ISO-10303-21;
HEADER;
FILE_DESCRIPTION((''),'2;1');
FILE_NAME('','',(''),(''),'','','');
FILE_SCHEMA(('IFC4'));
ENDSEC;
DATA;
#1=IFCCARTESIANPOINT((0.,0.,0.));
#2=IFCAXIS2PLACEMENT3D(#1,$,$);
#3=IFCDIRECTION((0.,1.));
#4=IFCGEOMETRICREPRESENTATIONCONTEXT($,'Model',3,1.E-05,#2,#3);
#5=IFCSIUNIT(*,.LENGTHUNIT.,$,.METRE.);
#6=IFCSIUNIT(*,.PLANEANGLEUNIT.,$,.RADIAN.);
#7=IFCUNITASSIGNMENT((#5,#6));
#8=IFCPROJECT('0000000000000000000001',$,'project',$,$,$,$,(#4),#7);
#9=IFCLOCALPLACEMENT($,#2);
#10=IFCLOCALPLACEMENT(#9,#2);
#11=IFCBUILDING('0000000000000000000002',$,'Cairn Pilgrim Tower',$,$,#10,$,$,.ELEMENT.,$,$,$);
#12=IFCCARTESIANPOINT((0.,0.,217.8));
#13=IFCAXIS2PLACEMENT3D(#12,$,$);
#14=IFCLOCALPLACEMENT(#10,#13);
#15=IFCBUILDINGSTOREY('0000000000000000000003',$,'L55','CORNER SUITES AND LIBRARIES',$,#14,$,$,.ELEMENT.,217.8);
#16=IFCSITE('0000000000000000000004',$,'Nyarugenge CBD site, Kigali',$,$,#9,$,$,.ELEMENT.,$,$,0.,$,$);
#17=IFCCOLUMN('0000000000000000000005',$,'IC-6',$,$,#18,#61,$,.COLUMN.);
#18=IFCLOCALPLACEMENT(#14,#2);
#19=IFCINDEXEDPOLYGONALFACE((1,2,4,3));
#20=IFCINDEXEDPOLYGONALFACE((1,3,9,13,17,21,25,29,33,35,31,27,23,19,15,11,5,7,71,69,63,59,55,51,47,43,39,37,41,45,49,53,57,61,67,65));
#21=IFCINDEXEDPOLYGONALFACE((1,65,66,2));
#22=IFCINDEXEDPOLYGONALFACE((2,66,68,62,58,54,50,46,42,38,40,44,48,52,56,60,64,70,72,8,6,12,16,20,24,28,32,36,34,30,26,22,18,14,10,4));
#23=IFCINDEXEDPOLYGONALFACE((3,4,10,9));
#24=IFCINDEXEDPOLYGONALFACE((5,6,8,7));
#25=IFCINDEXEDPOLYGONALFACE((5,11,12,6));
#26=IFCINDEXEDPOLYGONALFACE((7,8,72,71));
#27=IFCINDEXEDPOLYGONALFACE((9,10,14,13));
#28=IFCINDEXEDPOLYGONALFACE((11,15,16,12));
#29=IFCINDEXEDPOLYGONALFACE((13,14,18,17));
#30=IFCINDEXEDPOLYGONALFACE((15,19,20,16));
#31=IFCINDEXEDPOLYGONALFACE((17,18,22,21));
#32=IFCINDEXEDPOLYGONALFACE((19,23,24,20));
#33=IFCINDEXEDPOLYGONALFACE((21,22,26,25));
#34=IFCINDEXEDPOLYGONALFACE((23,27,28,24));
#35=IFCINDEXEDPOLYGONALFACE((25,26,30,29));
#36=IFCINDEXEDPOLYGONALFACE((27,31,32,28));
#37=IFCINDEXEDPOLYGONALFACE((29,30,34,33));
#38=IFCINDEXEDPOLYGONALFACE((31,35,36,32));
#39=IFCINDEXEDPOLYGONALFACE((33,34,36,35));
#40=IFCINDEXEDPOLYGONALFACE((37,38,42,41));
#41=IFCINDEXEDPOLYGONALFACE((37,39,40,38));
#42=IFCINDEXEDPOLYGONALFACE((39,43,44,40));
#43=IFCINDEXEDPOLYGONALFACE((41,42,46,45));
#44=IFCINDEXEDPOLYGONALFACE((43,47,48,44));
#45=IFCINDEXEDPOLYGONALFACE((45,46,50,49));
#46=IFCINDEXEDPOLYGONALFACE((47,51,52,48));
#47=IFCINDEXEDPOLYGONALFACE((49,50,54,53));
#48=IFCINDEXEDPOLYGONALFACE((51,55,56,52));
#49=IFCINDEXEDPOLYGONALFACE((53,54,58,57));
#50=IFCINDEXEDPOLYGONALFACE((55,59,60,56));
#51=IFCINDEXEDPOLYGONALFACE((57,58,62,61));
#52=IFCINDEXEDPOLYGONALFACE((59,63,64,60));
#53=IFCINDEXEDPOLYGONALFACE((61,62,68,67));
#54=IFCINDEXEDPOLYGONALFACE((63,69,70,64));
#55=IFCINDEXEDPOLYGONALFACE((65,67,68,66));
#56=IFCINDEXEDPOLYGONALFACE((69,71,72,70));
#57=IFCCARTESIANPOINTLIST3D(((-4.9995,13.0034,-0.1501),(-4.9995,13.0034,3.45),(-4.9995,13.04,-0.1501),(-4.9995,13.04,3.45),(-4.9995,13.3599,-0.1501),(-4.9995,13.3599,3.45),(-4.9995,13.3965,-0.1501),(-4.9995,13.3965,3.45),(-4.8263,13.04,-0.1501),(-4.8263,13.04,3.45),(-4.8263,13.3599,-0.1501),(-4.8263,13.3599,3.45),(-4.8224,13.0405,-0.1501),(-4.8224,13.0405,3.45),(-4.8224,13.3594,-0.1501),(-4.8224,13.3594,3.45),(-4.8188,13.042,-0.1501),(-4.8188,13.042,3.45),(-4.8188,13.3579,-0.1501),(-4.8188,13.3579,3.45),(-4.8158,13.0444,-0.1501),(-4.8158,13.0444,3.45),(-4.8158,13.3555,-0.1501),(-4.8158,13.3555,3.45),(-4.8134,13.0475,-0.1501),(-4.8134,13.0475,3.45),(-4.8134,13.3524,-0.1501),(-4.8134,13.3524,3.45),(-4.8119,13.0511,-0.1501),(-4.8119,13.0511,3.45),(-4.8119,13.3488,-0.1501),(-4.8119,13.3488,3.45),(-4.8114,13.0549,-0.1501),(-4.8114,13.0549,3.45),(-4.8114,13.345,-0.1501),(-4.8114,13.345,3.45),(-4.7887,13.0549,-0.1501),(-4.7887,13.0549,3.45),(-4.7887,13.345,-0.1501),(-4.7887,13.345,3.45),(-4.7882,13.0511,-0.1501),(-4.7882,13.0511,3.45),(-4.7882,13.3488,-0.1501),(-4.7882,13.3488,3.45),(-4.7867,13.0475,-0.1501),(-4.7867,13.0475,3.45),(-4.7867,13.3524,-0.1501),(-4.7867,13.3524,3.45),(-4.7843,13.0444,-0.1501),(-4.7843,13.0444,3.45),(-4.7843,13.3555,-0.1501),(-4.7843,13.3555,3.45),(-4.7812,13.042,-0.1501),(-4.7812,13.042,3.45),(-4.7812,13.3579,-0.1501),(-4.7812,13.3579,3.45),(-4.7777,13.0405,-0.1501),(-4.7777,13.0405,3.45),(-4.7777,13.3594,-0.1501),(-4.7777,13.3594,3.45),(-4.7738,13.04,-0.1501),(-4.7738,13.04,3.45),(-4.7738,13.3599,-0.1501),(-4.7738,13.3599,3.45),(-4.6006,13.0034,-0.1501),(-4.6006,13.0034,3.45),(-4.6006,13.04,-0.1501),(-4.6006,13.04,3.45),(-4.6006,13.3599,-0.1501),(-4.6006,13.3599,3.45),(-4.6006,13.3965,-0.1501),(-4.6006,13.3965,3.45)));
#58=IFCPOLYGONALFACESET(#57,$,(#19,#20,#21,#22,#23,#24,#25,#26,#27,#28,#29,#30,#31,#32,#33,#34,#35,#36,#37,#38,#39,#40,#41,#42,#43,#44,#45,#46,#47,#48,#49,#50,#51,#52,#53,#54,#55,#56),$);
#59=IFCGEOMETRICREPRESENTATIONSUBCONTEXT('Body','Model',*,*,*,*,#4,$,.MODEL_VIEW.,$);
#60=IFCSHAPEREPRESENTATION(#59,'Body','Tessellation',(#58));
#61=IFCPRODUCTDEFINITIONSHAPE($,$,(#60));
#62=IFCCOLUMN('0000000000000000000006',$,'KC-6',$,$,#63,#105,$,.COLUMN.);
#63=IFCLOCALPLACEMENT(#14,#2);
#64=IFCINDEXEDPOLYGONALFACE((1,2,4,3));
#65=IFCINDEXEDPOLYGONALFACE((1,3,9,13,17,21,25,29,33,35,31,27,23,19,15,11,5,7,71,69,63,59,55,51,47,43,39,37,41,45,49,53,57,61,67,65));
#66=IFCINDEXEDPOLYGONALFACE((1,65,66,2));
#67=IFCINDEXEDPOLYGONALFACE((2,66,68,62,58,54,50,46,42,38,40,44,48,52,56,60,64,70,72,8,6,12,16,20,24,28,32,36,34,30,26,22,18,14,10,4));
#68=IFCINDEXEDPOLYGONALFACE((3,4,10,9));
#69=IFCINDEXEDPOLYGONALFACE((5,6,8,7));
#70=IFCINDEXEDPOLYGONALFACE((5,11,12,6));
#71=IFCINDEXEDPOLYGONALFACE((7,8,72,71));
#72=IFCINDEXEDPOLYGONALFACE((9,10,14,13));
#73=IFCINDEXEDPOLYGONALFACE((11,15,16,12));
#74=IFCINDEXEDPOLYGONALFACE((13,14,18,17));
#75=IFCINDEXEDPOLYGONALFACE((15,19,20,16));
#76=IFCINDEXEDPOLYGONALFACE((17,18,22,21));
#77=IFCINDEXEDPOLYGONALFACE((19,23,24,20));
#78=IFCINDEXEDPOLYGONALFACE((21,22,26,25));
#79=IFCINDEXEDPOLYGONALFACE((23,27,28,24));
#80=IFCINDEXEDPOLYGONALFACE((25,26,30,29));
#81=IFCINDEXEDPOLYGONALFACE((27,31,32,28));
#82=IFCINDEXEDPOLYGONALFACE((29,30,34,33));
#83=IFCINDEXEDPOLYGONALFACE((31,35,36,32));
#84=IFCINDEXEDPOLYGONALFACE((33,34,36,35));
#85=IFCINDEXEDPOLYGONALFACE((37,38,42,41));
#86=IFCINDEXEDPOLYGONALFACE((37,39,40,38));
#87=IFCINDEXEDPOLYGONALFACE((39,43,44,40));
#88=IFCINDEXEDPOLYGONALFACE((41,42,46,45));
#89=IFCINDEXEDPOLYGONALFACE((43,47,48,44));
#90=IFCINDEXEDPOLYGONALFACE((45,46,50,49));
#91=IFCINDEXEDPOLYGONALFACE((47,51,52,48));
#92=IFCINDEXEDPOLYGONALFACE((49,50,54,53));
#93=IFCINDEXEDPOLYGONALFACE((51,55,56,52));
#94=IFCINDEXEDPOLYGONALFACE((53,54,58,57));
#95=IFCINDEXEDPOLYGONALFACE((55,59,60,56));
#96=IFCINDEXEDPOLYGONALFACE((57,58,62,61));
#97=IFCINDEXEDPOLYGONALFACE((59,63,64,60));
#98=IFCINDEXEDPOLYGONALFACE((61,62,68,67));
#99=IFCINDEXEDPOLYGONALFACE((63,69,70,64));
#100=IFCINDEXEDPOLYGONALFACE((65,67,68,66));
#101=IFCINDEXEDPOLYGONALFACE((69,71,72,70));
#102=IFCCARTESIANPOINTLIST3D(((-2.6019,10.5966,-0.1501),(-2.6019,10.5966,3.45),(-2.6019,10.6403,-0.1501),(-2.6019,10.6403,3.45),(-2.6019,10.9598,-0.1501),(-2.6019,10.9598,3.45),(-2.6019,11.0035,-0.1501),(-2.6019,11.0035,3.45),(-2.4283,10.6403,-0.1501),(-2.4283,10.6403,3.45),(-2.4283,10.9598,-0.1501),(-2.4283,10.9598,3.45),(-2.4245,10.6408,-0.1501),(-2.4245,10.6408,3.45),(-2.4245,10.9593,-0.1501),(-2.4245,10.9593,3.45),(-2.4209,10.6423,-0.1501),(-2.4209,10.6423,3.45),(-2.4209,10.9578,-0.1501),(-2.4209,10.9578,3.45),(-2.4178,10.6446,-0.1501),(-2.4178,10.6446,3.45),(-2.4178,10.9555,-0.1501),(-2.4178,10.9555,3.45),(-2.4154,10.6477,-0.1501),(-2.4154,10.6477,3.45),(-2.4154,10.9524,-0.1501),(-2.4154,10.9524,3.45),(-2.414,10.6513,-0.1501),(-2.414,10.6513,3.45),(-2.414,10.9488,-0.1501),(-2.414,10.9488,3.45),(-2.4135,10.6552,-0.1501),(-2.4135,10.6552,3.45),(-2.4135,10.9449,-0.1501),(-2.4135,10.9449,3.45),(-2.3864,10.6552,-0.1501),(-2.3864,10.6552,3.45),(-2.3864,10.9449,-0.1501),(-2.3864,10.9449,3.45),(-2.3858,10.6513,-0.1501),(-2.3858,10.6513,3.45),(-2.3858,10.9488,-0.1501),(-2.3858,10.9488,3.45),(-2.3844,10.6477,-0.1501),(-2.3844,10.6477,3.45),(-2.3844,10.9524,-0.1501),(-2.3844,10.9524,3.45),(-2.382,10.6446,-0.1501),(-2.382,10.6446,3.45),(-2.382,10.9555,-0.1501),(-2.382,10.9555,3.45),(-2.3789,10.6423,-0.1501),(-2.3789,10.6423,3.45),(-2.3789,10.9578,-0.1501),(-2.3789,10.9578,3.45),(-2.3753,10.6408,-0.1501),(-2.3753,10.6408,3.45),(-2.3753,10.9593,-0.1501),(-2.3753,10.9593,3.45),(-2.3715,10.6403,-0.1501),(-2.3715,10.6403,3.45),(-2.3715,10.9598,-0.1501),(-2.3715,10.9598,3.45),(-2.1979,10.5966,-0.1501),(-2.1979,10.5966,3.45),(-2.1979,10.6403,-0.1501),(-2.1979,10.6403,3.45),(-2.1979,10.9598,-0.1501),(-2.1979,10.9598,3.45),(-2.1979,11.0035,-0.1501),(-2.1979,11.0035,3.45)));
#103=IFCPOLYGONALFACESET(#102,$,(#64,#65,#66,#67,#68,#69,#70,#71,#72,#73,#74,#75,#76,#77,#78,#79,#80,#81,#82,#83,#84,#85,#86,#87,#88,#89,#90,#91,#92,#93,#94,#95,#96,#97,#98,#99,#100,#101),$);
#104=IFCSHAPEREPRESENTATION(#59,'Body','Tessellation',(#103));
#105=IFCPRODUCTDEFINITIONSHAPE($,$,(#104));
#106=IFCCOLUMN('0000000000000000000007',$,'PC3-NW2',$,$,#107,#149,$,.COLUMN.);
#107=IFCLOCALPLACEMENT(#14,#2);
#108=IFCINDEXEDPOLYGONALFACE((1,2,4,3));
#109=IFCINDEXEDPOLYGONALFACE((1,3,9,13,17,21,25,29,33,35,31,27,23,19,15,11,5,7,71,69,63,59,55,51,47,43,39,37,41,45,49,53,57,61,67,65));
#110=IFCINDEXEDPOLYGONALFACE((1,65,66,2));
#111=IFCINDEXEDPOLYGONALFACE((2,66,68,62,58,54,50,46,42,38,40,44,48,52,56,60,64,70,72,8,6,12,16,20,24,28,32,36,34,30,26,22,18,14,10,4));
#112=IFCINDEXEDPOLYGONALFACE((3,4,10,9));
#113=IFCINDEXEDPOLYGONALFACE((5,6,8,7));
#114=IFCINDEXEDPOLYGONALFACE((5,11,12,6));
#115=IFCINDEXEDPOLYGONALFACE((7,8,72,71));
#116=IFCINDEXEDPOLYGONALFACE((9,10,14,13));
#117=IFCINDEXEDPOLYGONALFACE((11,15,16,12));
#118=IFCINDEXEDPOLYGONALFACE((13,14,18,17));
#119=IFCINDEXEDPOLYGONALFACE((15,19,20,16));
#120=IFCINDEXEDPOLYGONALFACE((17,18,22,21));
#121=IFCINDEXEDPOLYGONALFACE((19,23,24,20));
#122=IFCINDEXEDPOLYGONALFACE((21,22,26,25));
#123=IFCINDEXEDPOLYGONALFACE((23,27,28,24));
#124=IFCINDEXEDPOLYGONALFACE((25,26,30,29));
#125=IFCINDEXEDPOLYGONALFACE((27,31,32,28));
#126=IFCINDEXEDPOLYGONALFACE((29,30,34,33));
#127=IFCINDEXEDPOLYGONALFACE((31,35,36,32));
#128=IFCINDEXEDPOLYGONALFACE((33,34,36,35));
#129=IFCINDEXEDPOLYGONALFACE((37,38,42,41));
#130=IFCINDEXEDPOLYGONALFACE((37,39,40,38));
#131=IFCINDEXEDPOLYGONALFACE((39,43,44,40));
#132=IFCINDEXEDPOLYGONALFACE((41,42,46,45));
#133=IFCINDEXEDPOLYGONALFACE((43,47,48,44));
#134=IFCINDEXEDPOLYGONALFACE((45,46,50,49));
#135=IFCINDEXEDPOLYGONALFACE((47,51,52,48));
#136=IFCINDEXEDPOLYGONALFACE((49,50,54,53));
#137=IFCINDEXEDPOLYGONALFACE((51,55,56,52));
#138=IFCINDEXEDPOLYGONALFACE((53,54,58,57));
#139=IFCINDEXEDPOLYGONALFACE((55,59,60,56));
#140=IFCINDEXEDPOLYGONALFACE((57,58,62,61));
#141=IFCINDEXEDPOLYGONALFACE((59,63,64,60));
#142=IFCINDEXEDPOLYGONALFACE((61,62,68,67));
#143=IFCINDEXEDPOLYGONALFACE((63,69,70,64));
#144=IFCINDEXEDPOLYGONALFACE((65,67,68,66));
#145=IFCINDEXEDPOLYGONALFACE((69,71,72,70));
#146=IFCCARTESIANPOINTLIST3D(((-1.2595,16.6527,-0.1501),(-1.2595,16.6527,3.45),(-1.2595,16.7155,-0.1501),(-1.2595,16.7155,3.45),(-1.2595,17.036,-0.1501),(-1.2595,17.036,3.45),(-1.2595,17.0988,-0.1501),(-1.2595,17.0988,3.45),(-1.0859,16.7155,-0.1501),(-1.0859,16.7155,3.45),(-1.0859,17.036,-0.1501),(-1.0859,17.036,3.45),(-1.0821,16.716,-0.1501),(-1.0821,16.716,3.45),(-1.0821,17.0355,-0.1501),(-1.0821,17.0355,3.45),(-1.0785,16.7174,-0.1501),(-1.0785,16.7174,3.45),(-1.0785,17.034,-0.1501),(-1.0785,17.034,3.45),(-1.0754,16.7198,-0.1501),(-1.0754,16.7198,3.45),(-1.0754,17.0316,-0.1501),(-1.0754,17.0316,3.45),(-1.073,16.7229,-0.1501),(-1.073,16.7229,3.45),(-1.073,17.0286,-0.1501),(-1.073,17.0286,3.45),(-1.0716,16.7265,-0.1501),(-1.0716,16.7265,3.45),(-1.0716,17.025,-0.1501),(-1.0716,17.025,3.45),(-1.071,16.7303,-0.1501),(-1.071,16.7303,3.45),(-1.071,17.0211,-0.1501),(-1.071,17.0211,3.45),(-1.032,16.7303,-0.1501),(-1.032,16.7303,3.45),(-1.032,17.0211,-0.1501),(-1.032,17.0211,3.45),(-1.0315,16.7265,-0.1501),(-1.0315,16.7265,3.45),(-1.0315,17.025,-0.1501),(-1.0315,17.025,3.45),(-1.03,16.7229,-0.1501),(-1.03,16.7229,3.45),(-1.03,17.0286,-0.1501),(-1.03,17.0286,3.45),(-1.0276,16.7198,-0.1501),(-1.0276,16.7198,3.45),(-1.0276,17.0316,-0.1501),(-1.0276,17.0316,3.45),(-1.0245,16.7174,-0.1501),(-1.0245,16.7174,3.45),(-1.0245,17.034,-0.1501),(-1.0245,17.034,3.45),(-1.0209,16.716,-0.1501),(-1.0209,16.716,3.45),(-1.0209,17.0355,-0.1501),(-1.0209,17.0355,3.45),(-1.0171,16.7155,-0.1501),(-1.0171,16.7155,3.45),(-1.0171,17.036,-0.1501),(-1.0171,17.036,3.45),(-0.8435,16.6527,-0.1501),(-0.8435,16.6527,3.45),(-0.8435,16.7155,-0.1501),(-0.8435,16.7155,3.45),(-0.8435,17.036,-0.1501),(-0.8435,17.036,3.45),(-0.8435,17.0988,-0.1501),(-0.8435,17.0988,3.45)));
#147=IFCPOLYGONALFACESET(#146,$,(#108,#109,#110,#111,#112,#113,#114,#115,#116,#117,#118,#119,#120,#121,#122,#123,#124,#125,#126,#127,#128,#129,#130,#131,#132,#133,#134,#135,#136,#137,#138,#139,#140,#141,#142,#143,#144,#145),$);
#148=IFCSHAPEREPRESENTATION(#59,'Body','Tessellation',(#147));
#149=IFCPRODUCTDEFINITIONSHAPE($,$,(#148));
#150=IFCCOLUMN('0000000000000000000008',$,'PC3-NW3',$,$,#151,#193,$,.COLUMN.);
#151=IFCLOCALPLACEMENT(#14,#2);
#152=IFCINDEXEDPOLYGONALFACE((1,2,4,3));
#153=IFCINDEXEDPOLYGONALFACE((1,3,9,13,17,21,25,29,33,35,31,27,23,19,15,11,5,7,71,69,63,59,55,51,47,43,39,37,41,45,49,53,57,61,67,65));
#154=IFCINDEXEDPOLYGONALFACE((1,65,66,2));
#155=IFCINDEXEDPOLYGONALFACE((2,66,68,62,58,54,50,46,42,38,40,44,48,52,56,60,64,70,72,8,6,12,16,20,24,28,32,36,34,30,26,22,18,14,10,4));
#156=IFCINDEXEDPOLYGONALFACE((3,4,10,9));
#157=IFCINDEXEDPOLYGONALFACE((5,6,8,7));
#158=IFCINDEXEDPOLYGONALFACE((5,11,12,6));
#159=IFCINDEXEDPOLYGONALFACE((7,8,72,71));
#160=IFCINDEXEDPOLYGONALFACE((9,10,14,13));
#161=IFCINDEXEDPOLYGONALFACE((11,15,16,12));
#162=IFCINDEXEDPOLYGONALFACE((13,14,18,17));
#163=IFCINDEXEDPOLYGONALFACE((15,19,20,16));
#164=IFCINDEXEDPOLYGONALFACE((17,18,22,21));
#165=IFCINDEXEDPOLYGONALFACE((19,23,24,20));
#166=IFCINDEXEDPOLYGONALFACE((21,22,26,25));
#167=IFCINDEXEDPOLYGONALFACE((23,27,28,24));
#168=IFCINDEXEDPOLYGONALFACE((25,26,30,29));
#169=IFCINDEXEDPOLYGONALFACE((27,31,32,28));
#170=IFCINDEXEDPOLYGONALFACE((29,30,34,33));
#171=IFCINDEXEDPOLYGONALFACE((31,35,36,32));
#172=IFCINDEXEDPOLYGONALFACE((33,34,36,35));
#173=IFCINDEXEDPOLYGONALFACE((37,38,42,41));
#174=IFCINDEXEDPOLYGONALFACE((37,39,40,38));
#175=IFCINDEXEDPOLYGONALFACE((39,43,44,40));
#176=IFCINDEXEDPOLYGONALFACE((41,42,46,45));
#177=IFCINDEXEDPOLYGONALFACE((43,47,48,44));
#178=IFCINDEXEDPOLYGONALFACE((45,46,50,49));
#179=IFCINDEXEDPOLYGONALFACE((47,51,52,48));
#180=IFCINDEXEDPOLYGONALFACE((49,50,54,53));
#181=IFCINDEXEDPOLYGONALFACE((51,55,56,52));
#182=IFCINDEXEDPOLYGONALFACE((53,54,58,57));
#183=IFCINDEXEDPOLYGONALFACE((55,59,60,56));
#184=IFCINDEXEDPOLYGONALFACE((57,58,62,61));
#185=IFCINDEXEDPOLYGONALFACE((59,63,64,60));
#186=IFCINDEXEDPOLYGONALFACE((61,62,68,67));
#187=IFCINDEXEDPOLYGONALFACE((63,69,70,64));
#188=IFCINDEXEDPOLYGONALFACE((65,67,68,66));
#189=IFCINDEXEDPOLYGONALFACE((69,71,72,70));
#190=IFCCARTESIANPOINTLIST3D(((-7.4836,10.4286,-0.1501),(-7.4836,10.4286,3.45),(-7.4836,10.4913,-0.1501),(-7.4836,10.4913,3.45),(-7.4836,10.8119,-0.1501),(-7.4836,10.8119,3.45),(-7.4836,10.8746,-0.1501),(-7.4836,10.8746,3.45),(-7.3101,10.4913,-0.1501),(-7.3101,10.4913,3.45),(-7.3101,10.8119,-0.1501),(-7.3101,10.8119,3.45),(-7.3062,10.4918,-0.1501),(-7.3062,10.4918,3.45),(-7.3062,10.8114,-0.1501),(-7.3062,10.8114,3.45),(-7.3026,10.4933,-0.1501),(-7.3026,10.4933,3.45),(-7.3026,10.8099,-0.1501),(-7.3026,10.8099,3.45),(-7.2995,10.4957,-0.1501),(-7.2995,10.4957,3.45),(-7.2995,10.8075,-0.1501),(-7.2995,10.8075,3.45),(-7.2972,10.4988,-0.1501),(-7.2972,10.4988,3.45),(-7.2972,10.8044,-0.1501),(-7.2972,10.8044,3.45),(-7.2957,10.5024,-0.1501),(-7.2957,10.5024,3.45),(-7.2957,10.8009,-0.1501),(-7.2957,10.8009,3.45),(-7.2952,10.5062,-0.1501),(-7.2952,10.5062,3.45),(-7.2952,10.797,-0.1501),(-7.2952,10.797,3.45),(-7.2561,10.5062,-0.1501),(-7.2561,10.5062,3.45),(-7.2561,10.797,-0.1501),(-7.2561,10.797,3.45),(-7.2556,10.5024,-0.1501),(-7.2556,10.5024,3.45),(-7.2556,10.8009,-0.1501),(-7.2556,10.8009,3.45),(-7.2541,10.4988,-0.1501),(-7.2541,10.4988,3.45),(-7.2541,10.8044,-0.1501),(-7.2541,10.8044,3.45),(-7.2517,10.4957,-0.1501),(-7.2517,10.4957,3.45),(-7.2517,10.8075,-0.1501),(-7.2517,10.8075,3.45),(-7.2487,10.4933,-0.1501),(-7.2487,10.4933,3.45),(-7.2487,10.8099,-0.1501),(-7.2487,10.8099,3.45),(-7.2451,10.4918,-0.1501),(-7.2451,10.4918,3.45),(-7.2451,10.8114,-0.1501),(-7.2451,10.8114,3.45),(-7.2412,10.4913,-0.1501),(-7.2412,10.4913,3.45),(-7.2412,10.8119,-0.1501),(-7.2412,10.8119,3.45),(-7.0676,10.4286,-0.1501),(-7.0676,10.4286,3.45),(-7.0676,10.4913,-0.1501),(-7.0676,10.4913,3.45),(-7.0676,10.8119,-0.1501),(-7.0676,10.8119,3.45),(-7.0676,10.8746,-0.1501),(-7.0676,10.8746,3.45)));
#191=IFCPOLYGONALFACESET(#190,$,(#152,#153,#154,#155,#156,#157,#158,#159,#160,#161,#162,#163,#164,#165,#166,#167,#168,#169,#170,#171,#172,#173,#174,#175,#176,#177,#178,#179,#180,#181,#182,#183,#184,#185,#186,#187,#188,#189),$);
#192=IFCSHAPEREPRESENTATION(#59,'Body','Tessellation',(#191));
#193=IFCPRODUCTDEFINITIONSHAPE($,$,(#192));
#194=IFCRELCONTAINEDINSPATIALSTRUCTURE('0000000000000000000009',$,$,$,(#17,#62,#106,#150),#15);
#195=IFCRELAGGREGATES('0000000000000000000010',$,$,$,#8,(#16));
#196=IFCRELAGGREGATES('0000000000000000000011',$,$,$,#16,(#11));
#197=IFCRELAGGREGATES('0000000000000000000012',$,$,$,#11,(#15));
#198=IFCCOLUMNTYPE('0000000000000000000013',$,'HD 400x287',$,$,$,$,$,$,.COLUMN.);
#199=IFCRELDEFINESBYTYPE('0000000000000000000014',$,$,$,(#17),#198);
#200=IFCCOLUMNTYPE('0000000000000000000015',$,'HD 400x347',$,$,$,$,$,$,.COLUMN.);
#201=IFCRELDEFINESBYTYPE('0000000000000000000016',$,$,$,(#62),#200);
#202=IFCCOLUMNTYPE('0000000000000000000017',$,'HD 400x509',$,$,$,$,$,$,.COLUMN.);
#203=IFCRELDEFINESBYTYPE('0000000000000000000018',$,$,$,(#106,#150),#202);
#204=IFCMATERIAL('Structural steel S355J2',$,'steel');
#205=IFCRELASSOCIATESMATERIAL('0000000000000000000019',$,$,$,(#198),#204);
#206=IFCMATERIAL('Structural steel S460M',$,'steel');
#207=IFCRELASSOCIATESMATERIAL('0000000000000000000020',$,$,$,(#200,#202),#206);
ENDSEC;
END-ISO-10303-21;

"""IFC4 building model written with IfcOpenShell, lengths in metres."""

from ifc_helpers import new_model, si_unit, direction, frame, origin, origin_2d, place, context, subcontext, project, spatial, i_section, extrude, material, material_profile, profile_set, type_object, element, save


model = new_model("IFC4")

# Units and contexts
model_context = context("Model", 3, precision=1e-05, world=origin(), true_north=direction((0.0, 1.0)))
body_context = subcontext(model_context, "Body", "Model", "MODEL_VIEW")
ifc_project = project(units=[si_unit("LENGTHUNIT", "METRE"), si_unit("PLANEANGLEUNIT", "RADIAN")], contexts=[model_context])

# Site, building, storey
site_placement = place(None, origin())
site = spatial("IfcSite", under=ifc_project, at=site_placement, Name="Nyarugenge CBD site, Kigali", CompositionType="ELEMENT", RefElevation=0.0)
building_placement = place(site_placement, origin())
building = spatial("IfcBuilding", under=site, at=building_placement, Name="Cairn Pilgrim Tower", CompositionType="ELEMENT")
storey_placement = place(building_placement, frame((0.0, 0.0, 217.8)))
storey = spatial("IfcBuildingStorey", under=building, at=storey_placement, Name="L55", Description="CORNER SUITES AND LIBRARIES", CompositionType="ELEMENT", Elevation=217.8)

# Columns
ifc_material_1 = material(Name="Structural steel S355J2", Category="steel")
ifc_material_profile_1 = material_profile(ifc_material_1, i_section(OverallWidth=0.3989, OverallDepth=0.3931, WebThickness=0.0227, FlangeThickness=0.0366, FilletRadius=0.0149, at=origin_2d()), Name="HD 400x287")
ifc_profile_set_1 = profile_set([ifc_material_profile_1], Name="Structural steel S355J2")
column_type_1 = type_object("IfcColumnType", Name="HD 400x287", PredefinedType="COLUMN", material=ifc_profile_set_1)
column_1_placement = place(storey_placement, frame((-4.8, 13.2, -0.1501), z_axis=(0.0, 0.0, 1.0), x_axis=(1.0, 0.0, 0.0)))
element("IfcColumn", 1, at=column_1_placement, inside=storey, type_object=column_type_1, Name="IC-6", PredefinedType="COLUMN", context=body_context, shape_type="SweptSolid", body=[
    extrude(i_section(OverallWidth=0.3989, OverallDepth=0.3931, WebThickness=0.0227, FlangeThickness=0.0366, FilletRadius=0.0149, at=origin_2d()), origin(), (0.0, 0.0, 1.0), 3.6001),
])
ifc_material_2 = material(Name="Structural steel S460M", Category="steel")
ifc_material_profile_2 = material_profile(ifc_material_2, i_section(OverallWidth=0.4041, OverallDepth=0.407, WebThickness=0.0271, FlangeThickness=0.0437, FilletRadius=0.0149, at=origin_2d()), Name="HD 400x347")
ifc_profile_set_2 = profile_set([ifc_material_profile_2], Name="Structural steel S460M")
column_type_2 = type_object("IfcColumnType", Name="HD 400x347", PredefinedType="COLUMN", material=ifc_profile_set_2)
column_2_placement = place(storey_placement, frame((-2.3999, 10.8, -0.1501), z_axis=(0.0, 0.0, 1.0), x_axis=(1.0, 0.0, 0.0)))
element("IfcColumn", 2, at=column_2_placement, inside=storey, type_object=column_type_2, Name="KC-6", PredefinedType="COLUMN", context=body_context, shape_type="SweptSolid", body=[
    extrude(i_section(OverallWidth=0.4041, OverallDepth=0.407, WebThickness=0.0271, FlangeThickness=0.0437, FilletRadius=0.0149, at=origin_2d()), origin(), (0.0, 0.0, 1.0), 3.6001),
])
ifc_material_profile_3 = material_profile(ifc_material_2, i_section(OverallWidth=0.416, OverallDepth=0.446, WebThickness=0.0391, FlangeThickness=0.0627, FilletRadius=0.0149, at=origin_2d()), Name="HD 400x509")
ifc_profile_set_3 = profile_set([ifc_material_profile_3], Name="Structural steel S460M")
column_type_3 = type_object("IfcColumnType", Name="HD 400x509", PredefinedType="COLUMN", material=ifc_profile_set_3)
for number, where, z_axis, x_axis, name in (
    (3, (-1.0515, 16.8757, -0.1501), (0.0, 0.0, 1.0), (1.0, 0.0, 0.0), "PC3-NW2"),
    (4, (-7.2756, 10.6516, -0.1501), (0.0, 0.0, 1.0), (1.0, 0.0, 0.0), "PC3-NW3"),
):
    element("IfcColumn", number, at=place(storey_placement, frame(where, z_axis=z_axis, x_axis=x_axis)), inside=storey, type_object=column_type_3, Name=name, PredefinedType="COLUMN", context=body_context, shape_type="SweptSolid", body=[
        extrude(i_section(OverallWidth=0.416, OverallDepth=0.446, WebThickness=0.0391, FlangeThickness=0.0627, FilletRadius=0.0149, at=origin_2d()), origin(), (0.0, 0.0, 1.0), 3.6001),
    ])

save(model, "model.ifc")
